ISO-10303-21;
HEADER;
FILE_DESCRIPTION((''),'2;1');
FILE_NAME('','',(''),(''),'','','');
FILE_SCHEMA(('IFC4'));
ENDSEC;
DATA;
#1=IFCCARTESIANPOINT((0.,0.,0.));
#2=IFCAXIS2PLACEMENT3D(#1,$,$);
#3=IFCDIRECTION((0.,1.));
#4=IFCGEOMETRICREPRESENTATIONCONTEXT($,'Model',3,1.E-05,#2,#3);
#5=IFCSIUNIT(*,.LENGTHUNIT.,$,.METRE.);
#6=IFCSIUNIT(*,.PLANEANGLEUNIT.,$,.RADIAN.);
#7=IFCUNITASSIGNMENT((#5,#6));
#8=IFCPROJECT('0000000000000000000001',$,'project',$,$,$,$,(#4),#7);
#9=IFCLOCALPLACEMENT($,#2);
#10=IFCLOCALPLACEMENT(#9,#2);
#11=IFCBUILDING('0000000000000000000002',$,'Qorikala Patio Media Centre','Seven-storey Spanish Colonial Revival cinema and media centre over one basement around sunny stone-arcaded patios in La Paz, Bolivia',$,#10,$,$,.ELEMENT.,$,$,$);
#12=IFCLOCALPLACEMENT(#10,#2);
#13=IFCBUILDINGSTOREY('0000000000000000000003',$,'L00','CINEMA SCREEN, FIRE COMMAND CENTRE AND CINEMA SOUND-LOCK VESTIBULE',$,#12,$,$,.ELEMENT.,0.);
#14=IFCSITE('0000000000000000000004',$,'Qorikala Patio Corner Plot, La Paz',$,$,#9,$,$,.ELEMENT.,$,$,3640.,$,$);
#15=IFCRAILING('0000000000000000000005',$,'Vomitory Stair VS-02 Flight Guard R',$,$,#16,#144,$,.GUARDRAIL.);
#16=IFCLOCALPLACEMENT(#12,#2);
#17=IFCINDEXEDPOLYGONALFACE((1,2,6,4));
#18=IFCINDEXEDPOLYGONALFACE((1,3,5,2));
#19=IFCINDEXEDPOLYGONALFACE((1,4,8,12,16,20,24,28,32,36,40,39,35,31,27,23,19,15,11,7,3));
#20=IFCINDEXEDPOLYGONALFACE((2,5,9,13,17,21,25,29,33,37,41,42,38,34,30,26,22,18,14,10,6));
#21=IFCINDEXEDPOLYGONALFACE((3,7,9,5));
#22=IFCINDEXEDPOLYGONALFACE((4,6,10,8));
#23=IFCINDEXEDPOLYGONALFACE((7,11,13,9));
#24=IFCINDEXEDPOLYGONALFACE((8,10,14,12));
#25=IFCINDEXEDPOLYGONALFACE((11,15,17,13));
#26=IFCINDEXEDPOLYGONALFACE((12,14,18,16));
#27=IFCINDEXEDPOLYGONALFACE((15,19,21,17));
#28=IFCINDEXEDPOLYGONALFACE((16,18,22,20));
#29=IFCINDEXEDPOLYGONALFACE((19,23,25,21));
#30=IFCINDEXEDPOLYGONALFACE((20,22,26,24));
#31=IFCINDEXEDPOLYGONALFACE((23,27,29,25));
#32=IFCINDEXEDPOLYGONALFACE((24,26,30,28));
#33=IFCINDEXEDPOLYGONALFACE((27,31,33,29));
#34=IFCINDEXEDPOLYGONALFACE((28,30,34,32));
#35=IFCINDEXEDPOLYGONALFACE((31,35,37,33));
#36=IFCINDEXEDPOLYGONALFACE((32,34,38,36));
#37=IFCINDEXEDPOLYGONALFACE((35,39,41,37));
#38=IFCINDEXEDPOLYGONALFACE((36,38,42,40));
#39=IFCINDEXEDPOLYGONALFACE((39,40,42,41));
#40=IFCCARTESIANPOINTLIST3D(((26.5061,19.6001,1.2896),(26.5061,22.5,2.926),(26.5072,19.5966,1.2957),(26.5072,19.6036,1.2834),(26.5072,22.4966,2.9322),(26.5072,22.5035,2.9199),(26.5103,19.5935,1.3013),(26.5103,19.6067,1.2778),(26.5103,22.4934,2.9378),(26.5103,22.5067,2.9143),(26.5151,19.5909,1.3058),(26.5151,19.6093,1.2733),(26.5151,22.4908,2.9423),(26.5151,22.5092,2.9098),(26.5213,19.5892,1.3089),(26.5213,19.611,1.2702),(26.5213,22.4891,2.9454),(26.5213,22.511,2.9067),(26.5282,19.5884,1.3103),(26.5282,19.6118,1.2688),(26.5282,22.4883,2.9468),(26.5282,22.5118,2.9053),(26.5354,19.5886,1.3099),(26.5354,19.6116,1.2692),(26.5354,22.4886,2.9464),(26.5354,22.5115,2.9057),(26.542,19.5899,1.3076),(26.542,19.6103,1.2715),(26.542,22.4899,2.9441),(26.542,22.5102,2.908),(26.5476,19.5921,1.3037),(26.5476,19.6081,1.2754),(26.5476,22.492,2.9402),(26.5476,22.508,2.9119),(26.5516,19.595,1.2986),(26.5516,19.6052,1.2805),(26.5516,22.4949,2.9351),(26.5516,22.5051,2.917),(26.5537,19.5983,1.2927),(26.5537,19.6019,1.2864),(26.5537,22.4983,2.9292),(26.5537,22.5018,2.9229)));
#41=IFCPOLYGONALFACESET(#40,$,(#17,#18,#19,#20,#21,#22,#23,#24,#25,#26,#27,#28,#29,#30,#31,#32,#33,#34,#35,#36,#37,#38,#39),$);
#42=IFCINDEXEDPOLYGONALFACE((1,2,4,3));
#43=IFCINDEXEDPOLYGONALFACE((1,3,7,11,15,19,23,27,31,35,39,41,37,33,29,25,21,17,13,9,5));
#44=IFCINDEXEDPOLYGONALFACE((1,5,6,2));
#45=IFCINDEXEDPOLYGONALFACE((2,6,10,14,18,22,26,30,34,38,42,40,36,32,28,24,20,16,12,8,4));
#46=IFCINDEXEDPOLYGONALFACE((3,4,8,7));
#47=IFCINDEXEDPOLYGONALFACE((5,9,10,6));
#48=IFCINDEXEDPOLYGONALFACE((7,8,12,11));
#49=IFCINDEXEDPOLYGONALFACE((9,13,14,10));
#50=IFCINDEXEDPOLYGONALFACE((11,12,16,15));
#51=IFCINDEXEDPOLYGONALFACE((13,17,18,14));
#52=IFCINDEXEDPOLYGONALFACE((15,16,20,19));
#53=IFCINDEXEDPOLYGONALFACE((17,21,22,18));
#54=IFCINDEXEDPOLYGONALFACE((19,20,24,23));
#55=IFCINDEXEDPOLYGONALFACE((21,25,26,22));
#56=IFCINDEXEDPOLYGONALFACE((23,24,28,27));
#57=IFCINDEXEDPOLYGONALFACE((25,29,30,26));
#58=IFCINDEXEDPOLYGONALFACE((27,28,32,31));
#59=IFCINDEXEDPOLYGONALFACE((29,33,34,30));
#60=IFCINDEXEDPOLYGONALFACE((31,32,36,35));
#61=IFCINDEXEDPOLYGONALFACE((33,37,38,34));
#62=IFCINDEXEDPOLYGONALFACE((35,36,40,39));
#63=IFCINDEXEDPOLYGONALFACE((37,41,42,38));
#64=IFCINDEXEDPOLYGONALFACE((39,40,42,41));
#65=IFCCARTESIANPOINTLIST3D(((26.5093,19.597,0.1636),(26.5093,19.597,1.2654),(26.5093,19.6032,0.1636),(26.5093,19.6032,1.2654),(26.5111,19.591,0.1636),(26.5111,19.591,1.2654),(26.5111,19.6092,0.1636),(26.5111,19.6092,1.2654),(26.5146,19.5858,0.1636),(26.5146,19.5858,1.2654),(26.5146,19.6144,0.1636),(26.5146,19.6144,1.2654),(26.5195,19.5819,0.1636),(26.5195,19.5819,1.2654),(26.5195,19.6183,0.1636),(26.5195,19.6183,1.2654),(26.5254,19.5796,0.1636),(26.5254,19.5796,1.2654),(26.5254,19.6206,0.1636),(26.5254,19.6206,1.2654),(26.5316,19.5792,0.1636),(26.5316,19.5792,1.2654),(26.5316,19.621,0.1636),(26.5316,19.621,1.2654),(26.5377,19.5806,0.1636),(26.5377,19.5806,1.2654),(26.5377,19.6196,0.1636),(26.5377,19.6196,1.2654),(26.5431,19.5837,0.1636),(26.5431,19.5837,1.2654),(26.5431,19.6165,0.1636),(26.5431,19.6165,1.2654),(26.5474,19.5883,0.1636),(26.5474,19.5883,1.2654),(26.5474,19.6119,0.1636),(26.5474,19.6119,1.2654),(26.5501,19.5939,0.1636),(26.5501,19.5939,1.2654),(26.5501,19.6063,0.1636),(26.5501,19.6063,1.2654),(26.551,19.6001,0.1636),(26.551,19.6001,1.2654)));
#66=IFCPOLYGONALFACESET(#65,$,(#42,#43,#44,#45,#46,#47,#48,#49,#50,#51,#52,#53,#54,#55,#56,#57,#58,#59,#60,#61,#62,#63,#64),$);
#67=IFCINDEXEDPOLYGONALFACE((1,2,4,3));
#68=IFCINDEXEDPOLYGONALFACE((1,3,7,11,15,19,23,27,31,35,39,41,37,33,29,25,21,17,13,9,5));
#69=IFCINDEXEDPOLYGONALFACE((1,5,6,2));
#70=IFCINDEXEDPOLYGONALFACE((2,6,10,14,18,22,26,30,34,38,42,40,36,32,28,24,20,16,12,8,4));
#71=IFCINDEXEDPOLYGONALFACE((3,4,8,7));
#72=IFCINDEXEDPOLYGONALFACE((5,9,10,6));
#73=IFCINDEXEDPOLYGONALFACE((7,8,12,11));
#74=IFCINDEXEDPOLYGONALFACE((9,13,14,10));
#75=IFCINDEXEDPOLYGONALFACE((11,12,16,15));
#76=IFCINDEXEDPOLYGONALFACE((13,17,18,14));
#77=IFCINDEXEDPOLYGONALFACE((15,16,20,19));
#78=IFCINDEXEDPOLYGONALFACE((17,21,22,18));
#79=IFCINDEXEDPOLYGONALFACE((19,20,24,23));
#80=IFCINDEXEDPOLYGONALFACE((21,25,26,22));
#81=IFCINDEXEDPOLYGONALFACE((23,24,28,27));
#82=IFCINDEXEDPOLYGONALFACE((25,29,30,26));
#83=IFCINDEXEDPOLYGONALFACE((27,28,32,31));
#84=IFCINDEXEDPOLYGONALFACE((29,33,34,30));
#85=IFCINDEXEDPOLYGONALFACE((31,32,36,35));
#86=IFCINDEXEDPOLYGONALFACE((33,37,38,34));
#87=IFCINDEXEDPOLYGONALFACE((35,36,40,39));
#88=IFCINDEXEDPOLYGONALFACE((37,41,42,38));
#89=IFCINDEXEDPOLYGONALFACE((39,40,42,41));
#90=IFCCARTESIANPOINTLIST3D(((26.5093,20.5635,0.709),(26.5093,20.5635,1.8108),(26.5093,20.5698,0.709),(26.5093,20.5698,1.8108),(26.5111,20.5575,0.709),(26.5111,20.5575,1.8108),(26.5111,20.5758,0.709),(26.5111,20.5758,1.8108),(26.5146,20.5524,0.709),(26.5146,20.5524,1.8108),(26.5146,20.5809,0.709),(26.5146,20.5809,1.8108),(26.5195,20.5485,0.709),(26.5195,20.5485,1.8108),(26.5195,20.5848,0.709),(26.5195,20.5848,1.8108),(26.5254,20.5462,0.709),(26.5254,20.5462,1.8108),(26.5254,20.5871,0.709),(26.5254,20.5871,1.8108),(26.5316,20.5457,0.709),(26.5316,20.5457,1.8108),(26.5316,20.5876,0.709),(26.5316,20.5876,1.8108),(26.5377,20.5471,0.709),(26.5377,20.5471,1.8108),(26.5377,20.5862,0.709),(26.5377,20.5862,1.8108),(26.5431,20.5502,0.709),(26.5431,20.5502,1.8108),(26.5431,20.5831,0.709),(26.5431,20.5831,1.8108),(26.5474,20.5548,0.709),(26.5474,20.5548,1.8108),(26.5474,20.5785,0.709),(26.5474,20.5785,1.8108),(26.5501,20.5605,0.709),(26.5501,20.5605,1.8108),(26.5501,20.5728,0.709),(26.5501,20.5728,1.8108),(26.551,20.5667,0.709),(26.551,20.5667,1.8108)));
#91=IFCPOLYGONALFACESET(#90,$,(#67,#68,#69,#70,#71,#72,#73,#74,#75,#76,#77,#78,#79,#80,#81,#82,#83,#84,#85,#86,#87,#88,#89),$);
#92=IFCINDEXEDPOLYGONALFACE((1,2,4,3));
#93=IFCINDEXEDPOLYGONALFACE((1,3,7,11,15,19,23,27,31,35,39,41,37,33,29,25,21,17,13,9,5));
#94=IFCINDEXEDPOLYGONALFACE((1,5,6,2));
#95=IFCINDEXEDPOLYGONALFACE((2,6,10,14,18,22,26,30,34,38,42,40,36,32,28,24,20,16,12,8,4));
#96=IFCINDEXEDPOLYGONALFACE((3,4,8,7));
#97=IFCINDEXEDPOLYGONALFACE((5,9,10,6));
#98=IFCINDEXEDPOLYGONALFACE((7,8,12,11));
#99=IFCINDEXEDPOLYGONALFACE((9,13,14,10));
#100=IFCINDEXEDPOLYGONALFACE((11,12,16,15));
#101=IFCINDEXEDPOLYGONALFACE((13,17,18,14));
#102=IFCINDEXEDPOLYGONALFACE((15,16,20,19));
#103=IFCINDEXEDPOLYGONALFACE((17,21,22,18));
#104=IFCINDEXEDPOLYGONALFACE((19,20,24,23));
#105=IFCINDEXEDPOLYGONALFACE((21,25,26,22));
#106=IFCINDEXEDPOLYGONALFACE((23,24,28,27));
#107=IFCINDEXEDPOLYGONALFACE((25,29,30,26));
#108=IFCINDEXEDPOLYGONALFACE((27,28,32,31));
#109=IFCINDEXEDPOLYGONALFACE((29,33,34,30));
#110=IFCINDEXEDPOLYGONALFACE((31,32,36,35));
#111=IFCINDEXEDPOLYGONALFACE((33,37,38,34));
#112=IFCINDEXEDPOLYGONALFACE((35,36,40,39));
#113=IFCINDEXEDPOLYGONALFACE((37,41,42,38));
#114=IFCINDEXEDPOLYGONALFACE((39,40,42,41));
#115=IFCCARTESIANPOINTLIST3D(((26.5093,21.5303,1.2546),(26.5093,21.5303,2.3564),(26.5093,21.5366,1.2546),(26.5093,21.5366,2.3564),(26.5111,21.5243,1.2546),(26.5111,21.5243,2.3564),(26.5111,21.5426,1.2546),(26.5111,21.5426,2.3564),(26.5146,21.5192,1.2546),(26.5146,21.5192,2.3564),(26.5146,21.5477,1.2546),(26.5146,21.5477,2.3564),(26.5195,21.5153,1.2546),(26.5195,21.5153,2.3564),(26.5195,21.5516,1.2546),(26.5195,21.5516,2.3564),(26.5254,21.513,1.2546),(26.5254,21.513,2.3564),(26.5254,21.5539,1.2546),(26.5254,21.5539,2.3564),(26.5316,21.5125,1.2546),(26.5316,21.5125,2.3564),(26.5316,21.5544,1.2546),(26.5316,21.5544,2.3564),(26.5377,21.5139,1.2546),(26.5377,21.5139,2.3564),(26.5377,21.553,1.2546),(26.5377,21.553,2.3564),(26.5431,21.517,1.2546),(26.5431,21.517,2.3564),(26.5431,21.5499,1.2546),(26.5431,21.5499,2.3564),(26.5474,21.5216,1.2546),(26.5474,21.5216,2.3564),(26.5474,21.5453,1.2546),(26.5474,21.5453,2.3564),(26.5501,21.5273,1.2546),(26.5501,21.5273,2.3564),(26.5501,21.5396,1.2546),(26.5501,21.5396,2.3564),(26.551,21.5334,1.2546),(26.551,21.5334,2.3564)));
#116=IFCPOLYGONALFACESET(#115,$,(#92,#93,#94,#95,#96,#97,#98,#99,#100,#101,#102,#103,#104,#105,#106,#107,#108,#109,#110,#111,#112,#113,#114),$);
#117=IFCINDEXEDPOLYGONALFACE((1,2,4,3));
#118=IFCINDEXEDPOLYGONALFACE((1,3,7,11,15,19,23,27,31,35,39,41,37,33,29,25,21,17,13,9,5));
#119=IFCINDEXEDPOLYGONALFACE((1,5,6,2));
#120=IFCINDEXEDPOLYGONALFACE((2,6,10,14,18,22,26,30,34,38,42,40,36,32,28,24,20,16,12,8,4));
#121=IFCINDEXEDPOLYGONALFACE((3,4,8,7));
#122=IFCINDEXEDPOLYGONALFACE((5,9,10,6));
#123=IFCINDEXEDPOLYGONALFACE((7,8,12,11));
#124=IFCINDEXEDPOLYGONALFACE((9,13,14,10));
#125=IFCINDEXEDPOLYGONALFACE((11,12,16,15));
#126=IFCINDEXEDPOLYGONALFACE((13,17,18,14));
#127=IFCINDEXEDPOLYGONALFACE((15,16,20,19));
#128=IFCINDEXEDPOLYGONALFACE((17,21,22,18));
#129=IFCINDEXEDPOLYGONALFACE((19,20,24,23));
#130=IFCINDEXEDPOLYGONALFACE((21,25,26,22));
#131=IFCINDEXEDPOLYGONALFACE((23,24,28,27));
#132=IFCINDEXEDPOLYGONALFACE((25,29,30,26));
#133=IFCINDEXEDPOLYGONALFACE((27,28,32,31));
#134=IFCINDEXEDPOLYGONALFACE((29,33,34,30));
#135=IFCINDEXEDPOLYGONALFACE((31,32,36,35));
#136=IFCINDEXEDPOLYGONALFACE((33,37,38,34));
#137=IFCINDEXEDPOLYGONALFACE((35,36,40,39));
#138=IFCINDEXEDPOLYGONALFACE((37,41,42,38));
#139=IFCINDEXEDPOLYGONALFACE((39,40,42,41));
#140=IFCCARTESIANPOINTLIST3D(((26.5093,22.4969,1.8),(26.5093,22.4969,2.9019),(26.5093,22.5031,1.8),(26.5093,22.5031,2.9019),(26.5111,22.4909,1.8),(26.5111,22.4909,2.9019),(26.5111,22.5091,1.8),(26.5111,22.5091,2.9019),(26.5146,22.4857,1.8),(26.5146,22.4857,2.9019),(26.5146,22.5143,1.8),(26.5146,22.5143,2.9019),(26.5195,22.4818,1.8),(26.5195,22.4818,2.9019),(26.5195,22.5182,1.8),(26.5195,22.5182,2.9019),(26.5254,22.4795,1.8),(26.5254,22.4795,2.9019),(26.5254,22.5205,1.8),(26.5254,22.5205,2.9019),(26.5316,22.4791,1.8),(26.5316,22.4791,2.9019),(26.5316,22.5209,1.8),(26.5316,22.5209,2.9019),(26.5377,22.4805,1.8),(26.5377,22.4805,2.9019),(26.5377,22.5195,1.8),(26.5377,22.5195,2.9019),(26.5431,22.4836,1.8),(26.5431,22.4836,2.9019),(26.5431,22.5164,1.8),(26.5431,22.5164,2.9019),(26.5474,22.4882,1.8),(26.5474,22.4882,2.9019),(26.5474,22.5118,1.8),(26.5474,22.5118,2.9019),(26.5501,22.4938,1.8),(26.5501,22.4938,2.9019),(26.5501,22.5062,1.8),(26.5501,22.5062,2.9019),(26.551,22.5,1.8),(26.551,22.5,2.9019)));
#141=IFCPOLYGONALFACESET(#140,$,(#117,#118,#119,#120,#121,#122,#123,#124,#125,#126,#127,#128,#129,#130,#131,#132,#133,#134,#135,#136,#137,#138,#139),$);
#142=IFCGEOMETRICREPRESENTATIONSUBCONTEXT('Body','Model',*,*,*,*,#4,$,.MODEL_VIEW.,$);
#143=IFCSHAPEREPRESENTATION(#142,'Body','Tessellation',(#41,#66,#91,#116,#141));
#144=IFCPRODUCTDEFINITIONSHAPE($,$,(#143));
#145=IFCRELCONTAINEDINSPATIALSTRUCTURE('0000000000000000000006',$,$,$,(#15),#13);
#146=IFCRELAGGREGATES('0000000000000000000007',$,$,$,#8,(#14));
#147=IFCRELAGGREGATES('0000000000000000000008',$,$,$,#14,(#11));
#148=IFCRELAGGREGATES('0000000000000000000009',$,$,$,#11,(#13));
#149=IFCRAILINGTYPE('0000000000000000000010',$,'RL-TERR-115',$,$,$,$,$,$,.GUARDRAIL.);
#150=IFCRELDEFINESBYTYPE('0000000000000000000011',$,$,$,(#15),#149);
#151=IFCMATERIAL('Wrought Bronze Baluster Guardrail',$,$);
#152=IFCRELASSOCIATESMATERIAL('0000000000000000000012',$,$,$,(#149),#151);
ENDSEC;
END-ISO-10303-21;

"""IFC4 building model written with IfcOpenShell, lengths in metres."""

from ifc_helpers import new_model, si_unit, direction, frame, origin, origin_2d, place, context, subcontext, project, spatial, circle, extrude, material, type_object, element, save


model = new_model("IFC4")

# Units and contexts
model_context = context("Model", 3, precision=1e-05, world=origin(), true_north=direction((0.0, 1.0)))
body_context = subcontext(model_context, "Body", "Model", "MODEL_VIEW")
ifc_project = project(units=[si_unit("LENGTHUNIT", "METRE"), si_unit("PLANEANGLEUNIT", "RADIAN")], contexts=[model_context])

# Site, building, storey
site_placement = place(None, origin())
site = spatial("IfcSite", under=ifc_project, at=site_placement, Name="Qorikala Patio Corner Plot, La Paz", CompositionType="ELEMENT", RefElevation=3640.0)
building_placement = place(site_placement, origin())
building = spatial("IfcBuilding", under=site, at=building_placement, Name="Qorikala Patio Media Centre", Description="Seven-storey Spanish Colonial Revival cinema and media centre over one basement around sunny stone-arcaded patios in La Paz, Bolivia", CompositionType="ELEMENT")
storey_placement = place(building_placement, origin())
storey = spatial("IfcBuildingStorey", under=building, at=storey_placement, Name="L00", Description="CINEMA SCREEN, FIRE COMMAND CENTRE AND CINEMA SOUND-LOCK VESTIBULE", CompositionType="ELEMENT", Elevation=0.0)

# Railing
ifc_material_1 = material(Name="Wrought Bronze Baluster Guardrail")
railing_type_1 = type_object("IfcRailingType", Name="RL-TERR-115", PredefinedType="GUARDRAIL", material=ifc_material_1)
for number, where, name in (
    (1, (26.53, 19.6001, 0.1636), "Vomitory Stair VS-02 Flight Guard R"),
):
    element("IfcRailing", number, at=place(storey_placement, frame(where)), inside=storey, type_object=railing_type_1, Name=name, PredefinedType="GUARDRAIL", context=body_context, shape_type="SweptSolid", body=[
        extrude(circle(Radius=0.0239, at=origin_2d()), frame((0.0, 0.0, 1.126), z_axis=(0.0, 0.870897, 0.491465), x_axis=(-1.0, 0.0, 0.0)), (0.0, 0.0, 1.0), 3.3298),
        extrude(circle(Radius=0.021, at=origin_2d()), origin(), (0.0, 0.0, 1.0), 1.1018),
        extrude(circle(Radius=0.021, at=origin_2d()), frame((0.0, 0.9666, 0.5454)), (0.0, 0.0, 1.0), 1.1018),
        extrude(circle(Radius=0.021, at=origin_2d()), frame((0.0, 1.9333, 1.0911)), (0.0, 0.0, 1.0), 1.1018),
        extrude(circle(Radius=0.021, at=origin_2d()), frame((0.0, 2.8999, 1.6365)), (0.0, 0.0, 1.0), 1.1018),
    ])

save(model, "model.ifc")
